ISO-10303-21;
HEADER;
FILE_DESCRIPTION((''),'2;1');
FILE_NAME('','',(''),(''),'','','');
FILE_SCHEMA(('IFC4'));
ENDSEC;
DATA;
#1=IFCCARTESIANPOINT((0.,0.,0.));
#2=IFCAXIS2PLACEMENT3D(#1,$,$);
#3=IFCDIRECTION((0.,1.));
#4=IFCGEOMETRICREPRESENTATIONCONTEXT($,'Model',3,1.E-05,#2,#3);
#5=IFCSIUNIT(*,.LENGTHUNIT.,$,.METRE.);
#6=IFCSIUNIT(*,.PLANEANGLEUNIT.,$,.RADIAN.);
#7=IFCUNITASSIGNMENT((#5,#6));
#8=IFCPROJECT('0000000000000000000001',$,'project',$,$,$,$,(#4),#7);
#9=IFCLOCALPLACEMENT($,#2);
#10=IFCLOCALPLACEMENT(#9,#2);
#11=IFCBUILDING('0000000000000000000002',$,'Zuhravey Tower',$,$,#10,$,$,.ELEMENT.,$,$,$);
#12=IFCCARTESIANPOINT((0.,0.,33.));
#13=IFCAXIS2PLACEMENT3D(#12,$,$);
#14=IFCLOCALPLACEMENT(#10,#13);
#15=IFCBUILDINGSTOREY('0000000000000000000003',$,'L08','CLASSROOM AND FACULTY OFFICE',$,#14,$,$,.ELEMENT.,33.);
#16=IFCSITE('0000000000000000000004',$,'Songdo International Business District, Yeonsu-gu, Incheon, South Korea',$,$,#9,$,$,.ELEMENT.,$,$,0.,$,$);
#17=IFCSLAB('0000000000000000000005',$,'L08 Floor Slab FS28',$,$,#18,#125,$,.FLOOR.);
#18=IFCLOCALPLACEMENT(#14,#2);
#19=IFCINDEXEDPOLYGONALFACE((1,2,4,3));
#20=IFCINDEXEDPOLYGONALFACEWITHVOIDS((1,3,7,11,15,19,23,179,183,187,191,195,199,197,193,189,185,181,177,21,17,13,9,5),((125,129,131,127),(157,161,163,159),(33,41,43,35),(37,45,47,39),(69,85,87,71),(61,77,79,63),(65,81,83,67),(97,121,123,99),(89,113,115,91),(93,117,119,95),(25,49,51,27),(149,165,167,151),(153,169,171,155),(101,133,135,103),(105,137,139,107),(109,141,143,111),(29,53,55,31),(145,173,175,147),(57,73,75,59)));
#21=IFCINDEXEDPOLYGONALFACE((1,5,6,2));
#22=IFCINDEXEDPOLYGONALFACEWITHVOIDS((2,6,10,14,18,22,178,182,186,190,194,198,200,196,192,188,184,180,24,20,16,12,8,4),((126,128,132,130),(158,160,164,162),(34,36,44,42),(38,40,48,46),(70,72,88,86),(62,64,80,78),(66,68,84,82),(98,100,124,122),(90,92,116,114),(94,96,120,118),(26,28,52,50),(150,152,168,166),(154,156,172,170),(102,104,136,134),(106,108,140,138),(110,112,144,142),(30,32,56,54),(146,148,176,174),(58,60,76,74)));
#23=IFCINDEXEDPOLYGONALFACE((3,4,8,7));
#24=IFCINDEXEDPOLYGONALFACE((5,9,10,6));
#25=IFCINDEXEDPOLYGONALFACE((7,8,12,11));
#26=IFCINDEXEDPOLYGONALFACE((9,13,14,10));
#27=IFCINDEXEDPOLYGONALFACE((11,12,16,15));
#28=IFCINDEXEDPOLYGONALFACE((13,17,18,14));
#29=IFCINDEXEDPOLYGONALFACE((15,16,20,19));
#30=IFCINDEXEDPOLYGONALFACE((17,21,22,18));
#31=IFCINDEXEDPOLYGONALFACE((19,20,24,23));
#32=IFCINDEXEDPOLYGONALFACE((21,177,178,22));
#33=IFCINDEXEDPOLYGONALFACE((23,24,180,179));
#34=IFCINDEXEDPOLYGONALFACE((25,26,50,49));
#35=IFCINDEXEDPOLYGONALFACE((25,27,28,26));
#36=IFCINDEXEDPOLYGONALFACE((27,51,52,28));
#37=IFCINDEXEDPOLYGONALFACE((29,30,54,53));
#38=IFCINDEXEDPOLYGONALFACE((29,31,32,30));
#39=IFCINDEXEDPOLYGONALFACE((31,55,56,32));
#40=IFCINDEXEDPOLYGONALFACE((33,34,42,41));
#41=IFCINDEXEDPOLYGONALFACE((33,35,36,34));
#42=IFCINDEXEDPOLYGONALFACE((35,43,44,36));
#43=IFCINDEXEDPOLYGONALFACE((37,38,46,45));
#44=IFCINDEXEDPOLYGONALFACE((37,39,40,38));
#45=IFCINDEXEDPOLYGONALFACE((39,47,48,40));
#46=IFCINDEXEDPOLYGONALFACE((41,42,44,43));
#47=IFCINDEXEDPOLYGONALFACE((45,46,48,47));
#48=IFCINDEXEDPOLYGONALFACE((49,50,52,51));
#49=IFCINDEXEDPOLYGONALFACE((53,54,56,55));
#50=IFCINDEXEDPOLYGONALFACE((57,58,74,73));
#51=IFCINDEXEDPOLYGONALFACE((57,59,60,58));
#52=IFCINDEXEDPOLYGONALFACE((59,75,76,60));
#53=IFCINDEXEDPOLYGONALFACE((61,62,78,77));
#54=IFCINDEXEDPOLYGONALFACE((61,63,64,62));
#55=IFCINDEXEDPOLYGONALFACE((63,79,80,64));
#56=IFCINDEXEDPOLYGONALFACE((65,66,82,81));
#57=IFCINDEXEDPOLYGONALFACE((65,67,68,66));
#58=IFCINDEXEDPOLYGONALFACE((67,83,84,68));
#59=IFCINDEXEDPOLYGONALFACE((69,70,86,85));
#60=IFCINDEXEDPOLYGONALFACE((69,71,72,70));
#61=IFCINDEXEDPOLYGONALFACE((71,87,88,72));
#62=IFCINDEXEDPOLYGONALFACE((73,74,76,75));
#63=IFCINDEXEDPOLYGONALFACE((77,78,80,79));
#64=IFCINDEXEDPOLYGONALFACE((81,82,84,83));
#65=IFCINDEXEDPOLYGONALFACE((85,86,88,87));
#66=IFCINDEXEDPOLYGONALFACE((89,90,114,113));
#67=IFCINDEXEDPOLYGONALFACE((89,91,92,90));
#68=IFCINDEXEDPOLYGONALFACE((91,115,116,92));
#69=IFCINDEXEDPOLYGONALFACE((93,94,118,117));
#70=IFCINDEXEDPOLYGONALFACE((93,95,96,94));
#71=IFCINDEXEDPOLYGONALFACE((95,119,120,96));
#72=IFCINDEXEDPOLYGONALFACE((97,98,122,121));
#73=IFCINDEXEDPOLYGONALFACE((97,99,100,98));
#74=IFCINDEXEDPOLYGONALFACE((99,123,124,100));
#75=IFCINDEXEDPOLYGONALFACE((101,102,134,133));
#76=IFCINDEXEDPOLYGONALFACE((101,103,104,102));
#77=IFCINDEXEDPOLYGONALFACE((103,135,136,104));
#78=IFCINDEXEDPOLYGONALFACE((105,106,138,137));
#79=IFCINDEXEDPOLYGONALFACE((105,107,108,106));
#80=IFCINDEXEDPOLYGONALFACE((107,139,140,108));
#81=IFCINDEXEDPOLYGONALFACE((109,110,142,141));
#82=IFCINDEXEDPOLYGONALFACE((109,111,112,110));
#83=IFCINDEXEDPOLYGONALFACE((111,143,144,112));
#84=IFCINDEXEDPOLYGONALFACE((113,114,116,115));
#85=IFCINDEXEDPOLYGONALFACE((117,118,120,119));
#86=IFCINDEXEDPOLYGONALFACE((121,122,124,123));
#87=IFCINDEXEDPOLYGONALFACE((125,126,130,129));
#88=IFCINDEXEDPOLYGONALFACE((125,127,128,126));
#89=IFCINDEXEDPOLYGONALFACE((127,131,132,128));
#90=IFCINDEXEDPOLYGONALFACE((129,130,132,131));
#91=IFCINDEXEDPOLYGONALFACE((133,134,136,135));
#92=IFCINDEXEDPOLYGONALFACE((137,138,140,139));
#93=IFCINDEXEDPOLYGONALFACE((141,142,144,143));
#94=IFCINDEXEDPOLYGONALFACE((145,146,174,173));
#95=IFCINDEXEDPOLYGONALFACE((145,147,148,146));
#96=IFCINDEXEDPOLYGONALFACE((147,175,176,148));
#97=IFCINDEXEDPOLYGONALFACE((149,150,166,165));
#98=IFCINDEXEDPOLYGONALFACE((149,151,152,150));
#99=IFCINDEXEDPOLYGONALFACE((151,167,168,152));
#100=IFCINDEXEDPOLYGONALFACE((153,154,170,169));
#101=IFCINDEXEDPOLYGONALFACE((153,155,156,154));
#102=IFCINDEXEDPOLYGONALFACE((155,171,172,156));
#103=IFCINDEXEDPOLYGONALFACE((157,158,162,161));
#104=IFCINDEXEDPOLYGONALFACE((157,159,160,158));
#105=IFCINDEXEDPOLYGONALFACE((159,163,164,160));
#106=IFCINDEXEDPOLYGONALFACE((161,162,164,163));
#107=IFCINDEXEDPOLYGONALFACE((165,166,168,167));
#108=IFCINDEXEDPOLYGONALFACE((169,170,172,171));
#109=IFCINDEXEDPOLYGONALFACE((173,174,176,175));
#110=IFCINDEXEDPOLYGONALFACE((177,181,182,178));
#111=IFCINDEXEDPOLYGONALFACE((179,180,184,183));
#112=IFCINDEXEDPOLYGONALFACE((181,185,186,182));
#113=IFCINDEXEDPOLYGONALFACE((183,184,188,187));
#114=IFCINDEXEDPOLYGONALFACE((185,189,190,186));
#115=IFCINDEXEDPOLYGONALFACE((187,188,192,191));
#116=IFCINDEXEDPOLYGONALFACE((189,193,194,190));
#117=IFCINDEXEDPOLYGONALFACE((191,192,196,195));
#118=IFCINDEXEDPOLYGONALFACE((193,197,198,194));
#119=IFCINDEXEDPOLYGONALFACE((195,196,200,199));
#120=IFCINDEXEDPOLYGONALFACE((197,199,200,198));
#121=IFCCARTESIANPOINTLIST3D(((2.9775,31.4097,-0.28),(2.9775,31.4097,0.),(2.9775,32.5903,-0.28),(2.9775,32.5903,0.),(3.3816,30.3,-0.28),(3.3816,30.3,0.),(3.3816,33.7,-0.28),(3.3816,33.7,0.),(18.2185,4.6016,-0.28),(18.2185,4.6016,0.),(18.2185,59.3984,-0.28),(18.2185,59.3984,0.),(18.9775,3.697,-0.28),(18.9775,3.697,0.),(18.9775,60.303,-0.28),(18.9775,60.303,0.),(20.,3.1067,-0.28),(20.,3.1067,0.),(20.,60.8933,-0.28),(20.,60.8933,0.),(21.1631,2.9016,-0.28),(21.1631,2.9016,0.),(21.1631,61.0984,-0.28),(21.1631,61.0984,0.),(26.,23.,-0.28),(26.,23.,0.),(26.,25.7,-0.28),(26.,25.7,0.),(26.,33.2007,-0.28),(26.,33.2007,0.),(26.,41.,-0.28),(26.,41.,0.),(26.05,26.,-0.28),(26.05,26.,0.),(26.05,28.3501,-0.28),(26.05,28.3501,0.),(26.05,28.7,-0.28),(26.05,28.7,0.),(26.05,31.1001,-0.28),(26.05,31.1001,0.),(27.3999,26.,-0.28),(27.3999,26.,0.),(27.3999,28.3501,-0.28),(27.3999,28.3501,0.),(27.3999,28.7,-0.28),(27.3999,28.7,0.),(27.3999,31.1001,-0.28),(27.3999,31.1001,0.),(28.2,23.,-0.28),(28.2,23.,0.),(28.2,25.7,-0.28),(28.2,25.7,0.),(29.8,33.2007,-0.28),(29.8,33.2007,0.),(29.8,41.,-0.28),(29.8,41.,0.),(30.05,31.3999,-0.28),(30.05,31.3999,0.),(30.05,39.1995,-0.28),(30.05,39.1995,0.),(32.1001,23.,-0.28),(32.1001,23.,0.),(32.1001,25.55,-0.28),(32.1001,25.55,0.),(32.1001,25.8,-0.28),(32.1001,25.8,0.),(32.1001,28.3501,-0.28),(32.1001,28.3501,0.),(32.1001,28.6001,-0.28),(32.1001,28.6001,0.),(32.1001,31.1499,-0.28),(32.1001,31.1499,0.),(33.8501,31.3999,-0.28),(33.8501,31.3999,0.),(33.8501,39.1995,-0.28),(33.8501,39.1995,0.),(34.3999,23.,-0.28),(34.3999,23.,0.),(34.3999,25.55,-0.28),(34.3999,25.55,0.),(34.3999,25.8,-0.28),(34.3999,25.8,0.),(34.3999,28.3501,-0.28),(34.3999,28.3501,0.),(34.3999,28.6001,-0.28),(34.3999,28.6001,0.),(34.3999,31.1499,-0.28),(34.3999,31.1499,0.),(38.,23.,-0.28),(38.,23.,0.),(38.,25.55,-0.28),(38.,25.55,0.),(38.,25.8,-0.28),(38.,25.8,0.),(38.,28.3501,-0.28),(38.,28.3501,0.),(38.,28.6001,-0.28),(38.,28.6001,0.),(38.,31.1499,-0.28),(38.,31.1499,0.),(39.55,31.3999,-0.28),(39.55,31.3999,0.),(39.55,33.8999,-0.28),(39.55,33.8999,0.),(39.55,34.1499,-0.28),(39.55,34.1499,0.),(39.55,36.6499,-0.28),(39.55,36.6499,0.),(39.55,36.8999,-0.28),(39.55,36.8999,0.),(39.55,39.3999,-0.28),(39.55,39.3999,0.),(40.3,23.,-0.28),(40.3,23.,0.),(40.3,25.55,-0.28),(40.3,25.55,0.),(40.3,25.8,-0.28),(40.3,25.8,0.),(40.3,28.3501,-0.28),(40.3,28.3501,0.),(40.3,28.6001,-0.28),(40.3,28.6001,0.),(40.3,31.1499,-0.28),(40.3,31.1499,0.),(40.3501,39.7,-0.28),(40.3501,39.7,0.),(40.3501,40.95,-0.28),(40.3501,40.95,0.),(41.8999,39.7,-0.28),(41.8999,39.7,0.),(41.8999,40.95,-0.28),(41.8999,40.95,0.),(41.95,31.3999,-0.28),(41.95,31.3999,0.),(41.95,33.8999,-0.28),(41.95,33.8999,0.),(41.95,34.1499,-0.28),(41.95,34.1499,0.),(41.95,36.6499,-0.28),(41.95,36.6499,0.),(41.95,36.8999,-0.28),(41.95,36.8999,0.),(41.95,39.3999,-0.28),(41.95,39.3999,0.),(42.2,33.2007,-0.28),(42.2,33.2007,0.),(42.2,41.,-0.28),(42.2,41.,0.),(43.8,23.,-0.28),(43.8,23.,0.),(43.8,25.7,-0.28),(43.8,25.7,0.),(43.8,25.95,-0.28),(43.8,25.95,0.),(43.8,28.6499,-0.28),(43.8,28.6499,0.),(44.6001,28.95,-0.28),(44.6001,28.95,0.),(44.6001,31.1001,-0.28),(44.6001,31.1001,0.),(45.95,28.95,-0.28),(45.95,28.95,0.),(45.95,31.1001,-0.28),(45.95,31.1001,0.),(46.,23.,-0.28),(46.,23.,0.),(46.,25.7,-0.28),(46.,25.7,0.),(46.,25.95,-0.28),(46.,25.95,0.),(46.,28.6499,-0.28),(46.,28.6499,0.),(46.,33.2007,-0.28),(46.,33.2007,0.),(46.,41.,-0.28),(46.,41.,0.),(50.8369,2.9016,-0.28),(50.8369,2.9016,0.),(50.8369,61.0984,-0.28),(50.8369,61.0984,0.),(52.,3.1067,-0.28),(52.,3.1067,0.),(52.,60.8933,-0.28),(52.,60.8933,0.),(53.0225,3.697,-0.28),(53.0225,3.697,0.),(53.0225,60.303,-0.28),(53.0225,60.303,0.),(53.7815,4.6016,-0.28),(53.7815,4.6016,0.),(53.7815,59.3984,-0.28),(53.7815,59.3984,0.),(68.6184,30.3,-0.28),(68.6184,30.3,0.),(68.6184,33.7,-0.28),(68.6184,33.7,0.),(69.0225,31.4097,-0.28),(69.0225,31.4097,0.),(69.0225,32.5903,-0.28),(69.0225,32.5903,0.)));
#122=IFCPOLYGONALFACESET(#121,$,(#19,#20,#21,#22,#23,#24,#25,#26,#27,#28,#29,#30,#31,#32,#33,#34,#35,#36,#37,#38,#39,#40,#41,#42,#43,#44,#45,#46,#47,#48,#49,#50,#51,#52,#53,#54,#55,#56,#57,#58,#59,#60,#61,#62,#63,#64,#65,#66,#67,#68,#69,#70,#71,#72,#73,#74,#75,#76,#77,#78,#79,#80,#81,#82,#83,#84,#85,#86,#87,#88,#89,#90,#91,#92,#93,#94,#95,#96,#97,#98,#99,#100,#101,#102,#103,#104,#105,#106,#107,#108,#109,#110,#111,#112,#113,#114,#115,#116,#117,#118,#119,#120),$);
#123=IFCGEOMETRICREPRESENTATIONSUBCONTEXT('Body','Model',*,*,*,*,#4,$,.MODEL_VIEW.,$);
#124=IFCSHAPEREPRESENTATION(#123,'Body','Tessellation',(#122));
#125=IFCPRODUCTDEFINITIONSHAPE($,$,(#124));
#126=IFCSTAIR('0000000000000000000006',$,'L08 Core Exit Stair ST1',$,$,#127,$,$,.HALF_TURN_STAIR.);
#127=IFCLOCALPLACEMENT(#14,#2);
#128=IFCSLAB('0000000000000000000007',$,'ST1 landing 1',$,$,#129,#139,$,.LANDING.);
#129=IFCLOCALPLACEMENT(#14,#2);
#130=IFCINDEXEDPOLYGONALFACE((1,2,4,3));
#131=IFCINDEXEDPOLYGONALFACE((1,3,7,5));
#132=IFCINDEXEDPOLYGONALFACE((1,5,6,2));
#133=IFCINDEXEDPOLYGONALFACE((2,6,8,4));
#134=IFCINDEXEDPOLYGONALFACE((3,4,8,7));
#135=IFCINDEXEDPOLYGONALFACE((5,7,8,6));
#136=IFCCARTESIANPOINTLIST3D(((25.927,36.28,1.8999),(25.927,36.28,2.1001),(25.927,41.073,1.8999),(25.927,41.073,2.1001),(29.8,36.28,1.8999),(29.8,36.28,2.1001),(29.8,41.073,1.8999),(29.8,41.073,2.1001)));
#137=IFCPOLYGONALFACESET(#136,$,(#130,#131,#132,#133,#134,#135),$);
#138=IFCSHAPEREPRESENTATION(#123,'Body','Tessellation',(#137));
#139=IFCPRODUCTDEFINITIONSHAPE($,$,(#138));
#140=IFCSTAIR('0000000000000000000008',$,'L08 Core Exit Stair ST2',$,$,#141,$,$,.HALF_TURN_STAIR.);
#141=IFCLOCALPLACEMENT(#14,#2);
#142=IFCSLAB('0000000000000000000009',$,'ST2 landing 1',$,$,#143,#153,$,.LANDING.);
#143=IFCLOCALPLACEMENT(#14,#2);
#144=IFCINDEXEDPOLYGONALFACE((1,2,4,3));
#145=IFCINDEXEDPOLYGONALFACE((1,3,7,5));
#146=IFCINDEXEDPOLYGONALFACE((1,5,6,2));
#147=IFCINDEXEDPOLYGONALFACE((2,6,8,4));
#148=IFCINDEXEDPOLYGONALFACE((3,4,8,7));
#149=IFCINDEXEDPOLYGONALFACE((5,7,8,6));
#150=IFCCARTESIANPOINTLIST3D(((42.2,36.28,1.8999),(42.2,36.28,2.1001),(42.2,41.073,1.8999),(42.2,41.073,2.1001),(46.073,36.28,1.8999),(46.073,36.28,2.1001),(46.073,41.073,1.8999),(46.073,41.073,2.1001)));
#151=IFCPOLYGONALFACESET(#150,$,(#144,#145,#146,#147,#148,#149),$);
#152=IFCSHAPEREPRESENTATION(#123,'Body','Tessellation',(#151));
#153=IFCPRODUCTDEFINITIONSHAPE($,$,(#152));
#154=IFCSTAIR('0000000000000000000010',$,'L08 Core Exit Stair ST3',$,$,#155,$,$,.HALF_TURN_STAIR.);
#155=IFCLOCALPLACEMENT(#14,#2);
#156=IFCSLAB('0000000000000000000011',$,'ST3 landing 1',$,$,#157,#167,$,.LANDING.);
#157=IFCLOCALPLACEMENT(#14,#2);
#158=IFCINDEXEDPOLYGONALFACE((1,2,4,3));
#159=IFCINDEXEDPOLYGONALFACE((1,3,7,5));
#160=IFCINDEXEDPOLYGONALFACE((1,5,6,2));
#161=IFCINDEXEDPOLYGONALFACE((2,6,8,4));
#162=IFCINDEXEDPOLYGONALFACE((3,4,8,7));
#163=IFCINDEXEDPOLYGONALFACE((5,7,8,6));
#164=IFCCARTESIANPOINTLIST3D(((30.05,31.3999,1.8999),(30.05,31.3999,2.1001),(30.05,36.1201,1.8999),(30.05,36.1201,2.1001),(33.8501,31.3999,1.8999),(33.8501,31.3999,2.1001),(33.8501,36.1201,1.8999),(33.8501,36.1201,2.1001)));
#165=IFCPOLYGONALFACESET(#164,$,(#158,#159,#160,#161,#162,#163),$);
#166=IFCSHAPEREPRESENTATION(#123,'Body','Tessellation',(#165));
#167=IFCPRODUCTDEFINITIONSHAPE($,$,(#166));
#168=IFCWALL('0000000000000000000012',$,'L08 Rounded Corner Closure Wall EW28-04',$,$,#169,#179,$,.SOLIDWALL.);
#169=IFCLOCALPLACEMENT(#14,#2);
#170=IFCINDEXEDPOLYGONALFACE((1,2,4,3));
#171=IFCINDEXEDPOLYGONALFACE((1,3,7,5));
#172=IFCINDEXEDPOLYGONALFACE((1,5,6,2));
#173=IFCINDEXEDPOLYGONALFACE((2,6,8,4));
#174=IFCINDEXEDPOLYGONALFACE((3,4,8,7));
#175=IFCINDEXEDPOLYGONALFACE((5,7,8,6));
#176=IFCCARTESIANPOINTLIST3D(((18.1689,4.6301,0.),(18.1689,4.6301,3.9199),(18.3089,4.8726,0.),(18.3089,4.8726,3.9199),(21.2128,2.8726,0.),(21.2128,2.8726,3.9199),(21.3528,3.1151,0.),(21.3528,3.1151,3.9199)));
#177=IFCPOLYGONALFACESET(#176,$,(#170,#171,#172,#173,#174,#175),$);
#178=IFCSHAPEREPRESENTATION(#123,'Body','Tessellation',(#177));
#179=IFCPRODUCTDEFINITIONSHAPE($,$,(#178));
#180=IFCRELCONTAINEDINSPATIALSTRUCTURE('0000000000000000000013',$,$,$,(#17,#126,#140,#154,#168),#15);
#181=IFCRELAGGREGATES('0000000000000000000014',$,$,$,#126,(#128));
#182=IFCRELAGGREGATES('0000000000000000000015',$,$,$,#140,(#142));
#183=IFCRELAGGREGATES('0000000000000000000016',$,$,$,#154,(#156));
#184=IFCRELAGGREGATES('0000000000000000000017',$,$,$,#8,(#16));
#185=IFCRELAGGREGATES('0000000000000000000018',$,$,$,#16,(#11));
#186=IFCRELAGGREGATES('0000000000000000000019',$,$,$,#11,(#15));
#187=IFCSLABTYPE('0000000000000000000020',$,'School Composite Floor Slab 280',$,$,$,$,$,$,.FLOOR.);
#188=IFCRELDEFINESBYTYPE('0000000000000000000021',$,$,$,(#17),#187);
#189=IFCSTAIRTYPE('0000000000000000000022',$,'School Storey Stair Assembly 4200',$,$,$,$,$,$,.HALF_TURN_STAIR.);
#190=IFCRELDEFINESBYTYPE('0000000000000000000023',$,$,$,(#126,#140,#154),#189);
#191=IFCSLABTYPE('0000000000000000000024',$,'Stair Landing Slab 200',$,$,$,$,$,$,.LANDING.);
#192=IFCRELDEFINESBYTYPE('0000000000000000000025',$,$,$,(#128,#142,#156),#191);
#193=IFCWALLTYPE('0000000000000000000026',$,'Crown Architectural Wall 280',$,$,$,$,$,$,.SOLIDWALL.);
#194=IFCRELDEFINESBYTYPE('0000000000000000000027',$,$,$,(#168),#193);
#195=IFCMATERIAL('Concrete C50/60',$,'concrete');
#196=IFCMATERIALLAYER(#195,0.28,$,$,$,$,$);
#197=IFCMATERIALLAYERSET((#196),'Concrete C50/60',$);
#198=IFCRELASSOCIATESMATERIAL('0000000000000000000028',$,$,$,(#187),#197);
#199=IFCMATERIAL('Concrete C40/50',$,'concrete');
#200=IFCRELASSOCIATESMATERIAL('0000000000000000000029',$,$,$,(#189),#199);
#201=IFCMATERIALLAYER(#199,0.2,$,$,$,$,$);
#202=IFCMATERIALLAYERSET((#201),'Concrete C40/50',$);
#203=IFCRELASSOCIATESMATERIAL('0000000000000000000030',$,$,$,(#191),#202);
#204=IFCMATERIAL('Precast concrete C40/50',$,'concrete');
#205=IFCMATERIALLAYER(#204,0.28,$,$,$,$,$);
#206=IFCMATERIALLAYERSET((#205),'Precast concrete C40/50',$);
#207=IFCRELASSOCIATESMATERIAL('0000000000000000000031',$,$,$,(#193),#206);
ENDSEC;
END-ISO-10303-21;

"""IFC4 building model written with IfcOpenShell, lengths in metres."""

from ifc_helpers import new_model, si_unit, direction, frame, frame_2d, origin, place, context, subcontext, project, spatial, polyline, rectangle, outline, extrude, material, layer, layer_set, type_object, element, aggregate, save


model = new_model("IFC4")

# Units and contexts
model_context = context("Model", 3, precision=1e-05, world=origin(), true_north=direction((0.0, 1.0)))
body_context = subcontext(model_context, "Body", "Model", "MODEL_VIEW")
ifc_project = project(units=[si_unit("LENGTHUNIT", "METRE"), si_unit("PLANEANGLEUNIT", "RADIAN")], contexts=[model_context])

# Site, building, storey
site_placement = place(None, origin())
site = spatial("IfcSite", under=ifc_project, at=site_placement, Name="Songdo International Business District, Yeonsu-gu, Incheon, South Korea", CompositionType="ELEMENT", RefElevation=0.0)
building_placement = place(site_placement, origin())
building = spatial("IfcBuilding", under=site, at=building_placement, Name="Zuhravey Tower", CompositionType="ELEMENT")
storey_placement = place(building_placement, frame((0.0, 0.0, 33.0)))
storey = spatial("IfcBuildingStorey", under=building, at=storey_placement, Name="L08", Description="CLASSROOM AND FACULTY OFFICE", CompositionType="ELEMENT", Elevation=33.0)

# Slab
ifc_material_1 = material(Name="Concrete C50/60", Category="concrete")
ifc_layer_1 = layer(ifc_material_1, 0.28)
ifc_layer_set_1 = layer_set([ifc_layer_1], Name="Concrete C50/60")
slab_type_1 = type_object("IfcSlabType", Name="School Composite Floor Slab 280", PredefinedType="FLOOR", material=ifc_layer_set_1)
slab_1_placement = place(storey_placement, frame((0.0, 0.0, -0.28)))
element("IfcSlab", 1, at=slab_1_placement, inside=storey, type_object=slab_type_1, Name="L08 Floor Slab FS28", PredefinedType="FLOOR", context=body_context, shape_type="SweptSolid", body=[
    extrude(outline(polyline([(68.6184, 30.3), (69.0225, 31.4097), (69.0225, 32.5903), (68.6184, 33.7), (53.7815, 59.3984), (53.0225, 60.303), (52.0, 60.8933), (50.8369, 61.0984), (21.1631, 61.0984), (20.0, 60.8933), (18.9775, 60.303), (18.2185, 59.3984), (3.3816, 33.7), (2.9775, 32.5903), (2.9775, 31.4097), (3.3816, 30.3), (18.2185, 4.6016), (18.9775, 3.697), (20.0, 3.1067), (21.1631, 2.9016), (50.8369, 2.9016), (52.0, 3.1067), (53.0225, 3.697), (53.7815, 4.6016), (68.6184, 30.3)]), holes=[polyline([(29.8, 33.2007), (29.8, 41.0), (26.0, 41.0), (26.0, 33.2007), (29.8, 33.2007)]), polyline([(46.0, 33.2007), (46.0, 41.0), (42.2, 41.0), (42.2, 33.2007), (46.0, 33.2007)]), polyline([(30.05, 39.1995), (30.05, 31.3999), (33.8501, 31.3999), (33.8501, 39.1995), (30.05, 39.1995)]), polyline([(32.1001, 23.0), (34.3999, 23.0), (34.3999, 25.55), (32.1001, 25.55), (32.1001, 23.0)]), polyline([(32.1001, 25.8), (34.3999, 25.8), (34.3999, 28.3501), (32.1001, 28.3501), (32.1001, 25.8)]), polyline([(32.1001, 28.6001), (34.3999, 28.6001), (34.3999, 31.1499), (32.1001, 31.1499), (32.1001, 28.6001)]), polyline([(38.0, 23.0), (40.3, 23.0), (40.3, 25.55), (38.0, 25.55), (38.0, 23.0)]), polyline([(38.0, 25.8), (40.3, 25.8), (40.3, 28.3501), (38.0, 28.3501), (38.0, 25.8)]), polyline([(38.0, 28.6001), (40.3, 28.6001), (40.3, 31.1499), (38.0, 31.1499), (38.0, 28.6001)]), polyline([(39.55, 31.3999), (41.95, 31.3999), (41.95, 33.8999), (39.55, 33.8999), (39.55, 31.3999)]), polyline([(39.55, 34.1499), (41.95, 34.1499), (41.95, 36.6499), (39.55, 36.6499), (39.55, 34.1499)]), polyline([(39.55, 36.8999), (41.95, 36.8999), (41.95, 39.3999), (39.55, 39.3999), (39.55, 36.8999)]), polyline([(26.0, 23.0), (28.2, 23.0), (28.2, 25.7), (26.0, 25.7), (26.0, 23.0)]), polyline([(43.8, 23.0), (46.0, 23.0), (46.0, 25.7), (43.8, 25.7), (43.8, 23.0)]), polyline([(43.8, 25.95), (46.0, 25.95), (46.0, 28.6499), (43.8, 28.6499), (43.8, 25.95)]), polyline([(26.05, 26.0), (27.3999, 26.0), (27.3999, 28.3501), (26.05, 28.3501), (26.05, 26.0)]), polyline([(26.05, 28.7), (27.3999, 28.7), (27.3999, 31.1001), (26.05, 31.1001), (26.05, 28.7)]), polyline([(44.6001, 28.95), (45.95, 28.95), (45.95, 31.1001), (44.6001, 31.1001), (44.6001, 28.95)]), polyline([(40.3501, 39.7), (41.8999, 39.7), (41.8999, 40.95), (40.3501, 40.95), (40.3501, 39.7)])]), origin(), (0.0, 0.0, 1.0), 0.28),
])

# Stairs, slabs
ifc_material_2 = material(Name="Concrete C40/50", Category="concrete")
stair_type = type_object("IfcStairType", Name="School Storey Stair Assembly 4200", PredefinedType="HALF_TURN_STAIR", material=ifc_material_2)
stair_1_placement = place(storey_placement, origin())
stair_1 = element("IfcStair", 2, at=stair_1_placement, inside=storey, type_object=stair_type, Name="L08 Core Exit Stair ST1", PredefinedType="HALF_TURN_STAIR")
ifc_layer_2 = layer(ifc_material_2, 0.2)
ifc_layer_set_2 = layer_set([ifc_layer_2], Name="Concrete C40/50")
slab_type_2 = type_object("IfcSlabType", Name="Stair Landing Slab 200", PredefinedType="LANDING", material=ifc_layer_set_2)
slab_2_placement = place(storey_placement, frame((0.0, 0.0, 1.8999)))
slab_2 = element("IfcSlab", 3, at=slab_2_placement, type_object=slab_type_2, Name="ST1 landing 1", PredefinedType="LANDING", context=body_context, shape_type="SweptSolid", body=[
    extrude(outline(polyline([(29.8, 36.28), (29.8, 41.073), (25.927, 41.073), (25.927, 36.28), (29.8, 36.28)])), origin(), (0.0, 0.0, 1.0), 0.2002),
])
aggregate(stair_1, [slab_2])
stair_2_placement = place(storey_placement, origin())
stair_2 = element("IfcStair", 4, at=stair_2_placement, inside=storey, type_object=stair_type, Name="L08 Core Exit Stair ST2", PredefinedType="HALF_TURN_STAIR")
slab_3_placement = place(storey_placement, frame((0.0, 0.0, 1.8999)))
slab_3 = element("IfcSlab", 5, at=slab_3_placement, type_object=slab_type_2, Name="ST2 landing 1", PredefinedType="LANDING", context=body_context, shape_type="SweptSolid", body=[
    extrude(outline(polyline([(46.073, 36.28), (46.073, 41.073), (42.2, 41.073), (42.2, 36.28), (46.073, 36.28)])), origin(), (0.0, 0.0, 1.0), 0.2002),
])
aggregate(stair_2, [slab_3])
stair_3_placement = place(storey_placement, origin())
stair_3 = element("IfcStair", 6, at=stair_3_placement, inside=storey, type_object=stair_type, Name="L08 Core Exit Stair ST3", PredefinedType="HALF_TURN_STAIR")
slab_4_placement = place(storey_placement, frame((0.0, 0.0, 1.8999)))
slab_4 = element("IfcSlab", 7, at=slab_4_placement, type_object=slab_type_2, Name="ST3 landing 1", PredefinedType="LANDING", context=body_context, shape_type="SweptSolid", body=[
    extrude(outline(polyline([(30.05, 36.1201), (30.05, 31.3999), (33.8501, 31.3999), (33.8501, 36.1201), (30.05, 36.1201)])), origin(), (0.0, 0.0, 1.0), 0.2002),
])
aggregate(stair_3, [slab_4])

# Wall
ifc_material_3 = material(Name="Precast concrete C40/50", Category="concrete")
ifc_layer_3 = layer(ifc_material_3, 0.28)
ifc_layer_set_3 = layer_set([ifc_layer_3], Name="Precast concrete C40/50")
wall_type = type_object("IfcWallType", Name="Crown Architectural Wall 280", PredefinedType="SOLIDWALL", material=ifc_layer_set_3)
wall_1_placement = place(storey_placement, frame((21.2827, 2.9939, 0.0), z_axis=(0.0, 0.0, 1.0), x_axis=(-0.866007, 0.500031, 0.0)))
element("IfcWall", 8, at=wall_1_placement, inside=storey, type_object=wall_type, Name="L08 Rounded Corner Closure Wall EW28-04", PredefinedType="SOLIDWALL", context=body_context, shape_type="SweptSolid", body=[
    extrude(rectangle(XDim=3.5149, YDim=0.28, at=frame_2d((1.7573, 0.0))), origin(), (0.0, 0.0, 1.0), 3.9199),
])

save(model, "model.ifc")
